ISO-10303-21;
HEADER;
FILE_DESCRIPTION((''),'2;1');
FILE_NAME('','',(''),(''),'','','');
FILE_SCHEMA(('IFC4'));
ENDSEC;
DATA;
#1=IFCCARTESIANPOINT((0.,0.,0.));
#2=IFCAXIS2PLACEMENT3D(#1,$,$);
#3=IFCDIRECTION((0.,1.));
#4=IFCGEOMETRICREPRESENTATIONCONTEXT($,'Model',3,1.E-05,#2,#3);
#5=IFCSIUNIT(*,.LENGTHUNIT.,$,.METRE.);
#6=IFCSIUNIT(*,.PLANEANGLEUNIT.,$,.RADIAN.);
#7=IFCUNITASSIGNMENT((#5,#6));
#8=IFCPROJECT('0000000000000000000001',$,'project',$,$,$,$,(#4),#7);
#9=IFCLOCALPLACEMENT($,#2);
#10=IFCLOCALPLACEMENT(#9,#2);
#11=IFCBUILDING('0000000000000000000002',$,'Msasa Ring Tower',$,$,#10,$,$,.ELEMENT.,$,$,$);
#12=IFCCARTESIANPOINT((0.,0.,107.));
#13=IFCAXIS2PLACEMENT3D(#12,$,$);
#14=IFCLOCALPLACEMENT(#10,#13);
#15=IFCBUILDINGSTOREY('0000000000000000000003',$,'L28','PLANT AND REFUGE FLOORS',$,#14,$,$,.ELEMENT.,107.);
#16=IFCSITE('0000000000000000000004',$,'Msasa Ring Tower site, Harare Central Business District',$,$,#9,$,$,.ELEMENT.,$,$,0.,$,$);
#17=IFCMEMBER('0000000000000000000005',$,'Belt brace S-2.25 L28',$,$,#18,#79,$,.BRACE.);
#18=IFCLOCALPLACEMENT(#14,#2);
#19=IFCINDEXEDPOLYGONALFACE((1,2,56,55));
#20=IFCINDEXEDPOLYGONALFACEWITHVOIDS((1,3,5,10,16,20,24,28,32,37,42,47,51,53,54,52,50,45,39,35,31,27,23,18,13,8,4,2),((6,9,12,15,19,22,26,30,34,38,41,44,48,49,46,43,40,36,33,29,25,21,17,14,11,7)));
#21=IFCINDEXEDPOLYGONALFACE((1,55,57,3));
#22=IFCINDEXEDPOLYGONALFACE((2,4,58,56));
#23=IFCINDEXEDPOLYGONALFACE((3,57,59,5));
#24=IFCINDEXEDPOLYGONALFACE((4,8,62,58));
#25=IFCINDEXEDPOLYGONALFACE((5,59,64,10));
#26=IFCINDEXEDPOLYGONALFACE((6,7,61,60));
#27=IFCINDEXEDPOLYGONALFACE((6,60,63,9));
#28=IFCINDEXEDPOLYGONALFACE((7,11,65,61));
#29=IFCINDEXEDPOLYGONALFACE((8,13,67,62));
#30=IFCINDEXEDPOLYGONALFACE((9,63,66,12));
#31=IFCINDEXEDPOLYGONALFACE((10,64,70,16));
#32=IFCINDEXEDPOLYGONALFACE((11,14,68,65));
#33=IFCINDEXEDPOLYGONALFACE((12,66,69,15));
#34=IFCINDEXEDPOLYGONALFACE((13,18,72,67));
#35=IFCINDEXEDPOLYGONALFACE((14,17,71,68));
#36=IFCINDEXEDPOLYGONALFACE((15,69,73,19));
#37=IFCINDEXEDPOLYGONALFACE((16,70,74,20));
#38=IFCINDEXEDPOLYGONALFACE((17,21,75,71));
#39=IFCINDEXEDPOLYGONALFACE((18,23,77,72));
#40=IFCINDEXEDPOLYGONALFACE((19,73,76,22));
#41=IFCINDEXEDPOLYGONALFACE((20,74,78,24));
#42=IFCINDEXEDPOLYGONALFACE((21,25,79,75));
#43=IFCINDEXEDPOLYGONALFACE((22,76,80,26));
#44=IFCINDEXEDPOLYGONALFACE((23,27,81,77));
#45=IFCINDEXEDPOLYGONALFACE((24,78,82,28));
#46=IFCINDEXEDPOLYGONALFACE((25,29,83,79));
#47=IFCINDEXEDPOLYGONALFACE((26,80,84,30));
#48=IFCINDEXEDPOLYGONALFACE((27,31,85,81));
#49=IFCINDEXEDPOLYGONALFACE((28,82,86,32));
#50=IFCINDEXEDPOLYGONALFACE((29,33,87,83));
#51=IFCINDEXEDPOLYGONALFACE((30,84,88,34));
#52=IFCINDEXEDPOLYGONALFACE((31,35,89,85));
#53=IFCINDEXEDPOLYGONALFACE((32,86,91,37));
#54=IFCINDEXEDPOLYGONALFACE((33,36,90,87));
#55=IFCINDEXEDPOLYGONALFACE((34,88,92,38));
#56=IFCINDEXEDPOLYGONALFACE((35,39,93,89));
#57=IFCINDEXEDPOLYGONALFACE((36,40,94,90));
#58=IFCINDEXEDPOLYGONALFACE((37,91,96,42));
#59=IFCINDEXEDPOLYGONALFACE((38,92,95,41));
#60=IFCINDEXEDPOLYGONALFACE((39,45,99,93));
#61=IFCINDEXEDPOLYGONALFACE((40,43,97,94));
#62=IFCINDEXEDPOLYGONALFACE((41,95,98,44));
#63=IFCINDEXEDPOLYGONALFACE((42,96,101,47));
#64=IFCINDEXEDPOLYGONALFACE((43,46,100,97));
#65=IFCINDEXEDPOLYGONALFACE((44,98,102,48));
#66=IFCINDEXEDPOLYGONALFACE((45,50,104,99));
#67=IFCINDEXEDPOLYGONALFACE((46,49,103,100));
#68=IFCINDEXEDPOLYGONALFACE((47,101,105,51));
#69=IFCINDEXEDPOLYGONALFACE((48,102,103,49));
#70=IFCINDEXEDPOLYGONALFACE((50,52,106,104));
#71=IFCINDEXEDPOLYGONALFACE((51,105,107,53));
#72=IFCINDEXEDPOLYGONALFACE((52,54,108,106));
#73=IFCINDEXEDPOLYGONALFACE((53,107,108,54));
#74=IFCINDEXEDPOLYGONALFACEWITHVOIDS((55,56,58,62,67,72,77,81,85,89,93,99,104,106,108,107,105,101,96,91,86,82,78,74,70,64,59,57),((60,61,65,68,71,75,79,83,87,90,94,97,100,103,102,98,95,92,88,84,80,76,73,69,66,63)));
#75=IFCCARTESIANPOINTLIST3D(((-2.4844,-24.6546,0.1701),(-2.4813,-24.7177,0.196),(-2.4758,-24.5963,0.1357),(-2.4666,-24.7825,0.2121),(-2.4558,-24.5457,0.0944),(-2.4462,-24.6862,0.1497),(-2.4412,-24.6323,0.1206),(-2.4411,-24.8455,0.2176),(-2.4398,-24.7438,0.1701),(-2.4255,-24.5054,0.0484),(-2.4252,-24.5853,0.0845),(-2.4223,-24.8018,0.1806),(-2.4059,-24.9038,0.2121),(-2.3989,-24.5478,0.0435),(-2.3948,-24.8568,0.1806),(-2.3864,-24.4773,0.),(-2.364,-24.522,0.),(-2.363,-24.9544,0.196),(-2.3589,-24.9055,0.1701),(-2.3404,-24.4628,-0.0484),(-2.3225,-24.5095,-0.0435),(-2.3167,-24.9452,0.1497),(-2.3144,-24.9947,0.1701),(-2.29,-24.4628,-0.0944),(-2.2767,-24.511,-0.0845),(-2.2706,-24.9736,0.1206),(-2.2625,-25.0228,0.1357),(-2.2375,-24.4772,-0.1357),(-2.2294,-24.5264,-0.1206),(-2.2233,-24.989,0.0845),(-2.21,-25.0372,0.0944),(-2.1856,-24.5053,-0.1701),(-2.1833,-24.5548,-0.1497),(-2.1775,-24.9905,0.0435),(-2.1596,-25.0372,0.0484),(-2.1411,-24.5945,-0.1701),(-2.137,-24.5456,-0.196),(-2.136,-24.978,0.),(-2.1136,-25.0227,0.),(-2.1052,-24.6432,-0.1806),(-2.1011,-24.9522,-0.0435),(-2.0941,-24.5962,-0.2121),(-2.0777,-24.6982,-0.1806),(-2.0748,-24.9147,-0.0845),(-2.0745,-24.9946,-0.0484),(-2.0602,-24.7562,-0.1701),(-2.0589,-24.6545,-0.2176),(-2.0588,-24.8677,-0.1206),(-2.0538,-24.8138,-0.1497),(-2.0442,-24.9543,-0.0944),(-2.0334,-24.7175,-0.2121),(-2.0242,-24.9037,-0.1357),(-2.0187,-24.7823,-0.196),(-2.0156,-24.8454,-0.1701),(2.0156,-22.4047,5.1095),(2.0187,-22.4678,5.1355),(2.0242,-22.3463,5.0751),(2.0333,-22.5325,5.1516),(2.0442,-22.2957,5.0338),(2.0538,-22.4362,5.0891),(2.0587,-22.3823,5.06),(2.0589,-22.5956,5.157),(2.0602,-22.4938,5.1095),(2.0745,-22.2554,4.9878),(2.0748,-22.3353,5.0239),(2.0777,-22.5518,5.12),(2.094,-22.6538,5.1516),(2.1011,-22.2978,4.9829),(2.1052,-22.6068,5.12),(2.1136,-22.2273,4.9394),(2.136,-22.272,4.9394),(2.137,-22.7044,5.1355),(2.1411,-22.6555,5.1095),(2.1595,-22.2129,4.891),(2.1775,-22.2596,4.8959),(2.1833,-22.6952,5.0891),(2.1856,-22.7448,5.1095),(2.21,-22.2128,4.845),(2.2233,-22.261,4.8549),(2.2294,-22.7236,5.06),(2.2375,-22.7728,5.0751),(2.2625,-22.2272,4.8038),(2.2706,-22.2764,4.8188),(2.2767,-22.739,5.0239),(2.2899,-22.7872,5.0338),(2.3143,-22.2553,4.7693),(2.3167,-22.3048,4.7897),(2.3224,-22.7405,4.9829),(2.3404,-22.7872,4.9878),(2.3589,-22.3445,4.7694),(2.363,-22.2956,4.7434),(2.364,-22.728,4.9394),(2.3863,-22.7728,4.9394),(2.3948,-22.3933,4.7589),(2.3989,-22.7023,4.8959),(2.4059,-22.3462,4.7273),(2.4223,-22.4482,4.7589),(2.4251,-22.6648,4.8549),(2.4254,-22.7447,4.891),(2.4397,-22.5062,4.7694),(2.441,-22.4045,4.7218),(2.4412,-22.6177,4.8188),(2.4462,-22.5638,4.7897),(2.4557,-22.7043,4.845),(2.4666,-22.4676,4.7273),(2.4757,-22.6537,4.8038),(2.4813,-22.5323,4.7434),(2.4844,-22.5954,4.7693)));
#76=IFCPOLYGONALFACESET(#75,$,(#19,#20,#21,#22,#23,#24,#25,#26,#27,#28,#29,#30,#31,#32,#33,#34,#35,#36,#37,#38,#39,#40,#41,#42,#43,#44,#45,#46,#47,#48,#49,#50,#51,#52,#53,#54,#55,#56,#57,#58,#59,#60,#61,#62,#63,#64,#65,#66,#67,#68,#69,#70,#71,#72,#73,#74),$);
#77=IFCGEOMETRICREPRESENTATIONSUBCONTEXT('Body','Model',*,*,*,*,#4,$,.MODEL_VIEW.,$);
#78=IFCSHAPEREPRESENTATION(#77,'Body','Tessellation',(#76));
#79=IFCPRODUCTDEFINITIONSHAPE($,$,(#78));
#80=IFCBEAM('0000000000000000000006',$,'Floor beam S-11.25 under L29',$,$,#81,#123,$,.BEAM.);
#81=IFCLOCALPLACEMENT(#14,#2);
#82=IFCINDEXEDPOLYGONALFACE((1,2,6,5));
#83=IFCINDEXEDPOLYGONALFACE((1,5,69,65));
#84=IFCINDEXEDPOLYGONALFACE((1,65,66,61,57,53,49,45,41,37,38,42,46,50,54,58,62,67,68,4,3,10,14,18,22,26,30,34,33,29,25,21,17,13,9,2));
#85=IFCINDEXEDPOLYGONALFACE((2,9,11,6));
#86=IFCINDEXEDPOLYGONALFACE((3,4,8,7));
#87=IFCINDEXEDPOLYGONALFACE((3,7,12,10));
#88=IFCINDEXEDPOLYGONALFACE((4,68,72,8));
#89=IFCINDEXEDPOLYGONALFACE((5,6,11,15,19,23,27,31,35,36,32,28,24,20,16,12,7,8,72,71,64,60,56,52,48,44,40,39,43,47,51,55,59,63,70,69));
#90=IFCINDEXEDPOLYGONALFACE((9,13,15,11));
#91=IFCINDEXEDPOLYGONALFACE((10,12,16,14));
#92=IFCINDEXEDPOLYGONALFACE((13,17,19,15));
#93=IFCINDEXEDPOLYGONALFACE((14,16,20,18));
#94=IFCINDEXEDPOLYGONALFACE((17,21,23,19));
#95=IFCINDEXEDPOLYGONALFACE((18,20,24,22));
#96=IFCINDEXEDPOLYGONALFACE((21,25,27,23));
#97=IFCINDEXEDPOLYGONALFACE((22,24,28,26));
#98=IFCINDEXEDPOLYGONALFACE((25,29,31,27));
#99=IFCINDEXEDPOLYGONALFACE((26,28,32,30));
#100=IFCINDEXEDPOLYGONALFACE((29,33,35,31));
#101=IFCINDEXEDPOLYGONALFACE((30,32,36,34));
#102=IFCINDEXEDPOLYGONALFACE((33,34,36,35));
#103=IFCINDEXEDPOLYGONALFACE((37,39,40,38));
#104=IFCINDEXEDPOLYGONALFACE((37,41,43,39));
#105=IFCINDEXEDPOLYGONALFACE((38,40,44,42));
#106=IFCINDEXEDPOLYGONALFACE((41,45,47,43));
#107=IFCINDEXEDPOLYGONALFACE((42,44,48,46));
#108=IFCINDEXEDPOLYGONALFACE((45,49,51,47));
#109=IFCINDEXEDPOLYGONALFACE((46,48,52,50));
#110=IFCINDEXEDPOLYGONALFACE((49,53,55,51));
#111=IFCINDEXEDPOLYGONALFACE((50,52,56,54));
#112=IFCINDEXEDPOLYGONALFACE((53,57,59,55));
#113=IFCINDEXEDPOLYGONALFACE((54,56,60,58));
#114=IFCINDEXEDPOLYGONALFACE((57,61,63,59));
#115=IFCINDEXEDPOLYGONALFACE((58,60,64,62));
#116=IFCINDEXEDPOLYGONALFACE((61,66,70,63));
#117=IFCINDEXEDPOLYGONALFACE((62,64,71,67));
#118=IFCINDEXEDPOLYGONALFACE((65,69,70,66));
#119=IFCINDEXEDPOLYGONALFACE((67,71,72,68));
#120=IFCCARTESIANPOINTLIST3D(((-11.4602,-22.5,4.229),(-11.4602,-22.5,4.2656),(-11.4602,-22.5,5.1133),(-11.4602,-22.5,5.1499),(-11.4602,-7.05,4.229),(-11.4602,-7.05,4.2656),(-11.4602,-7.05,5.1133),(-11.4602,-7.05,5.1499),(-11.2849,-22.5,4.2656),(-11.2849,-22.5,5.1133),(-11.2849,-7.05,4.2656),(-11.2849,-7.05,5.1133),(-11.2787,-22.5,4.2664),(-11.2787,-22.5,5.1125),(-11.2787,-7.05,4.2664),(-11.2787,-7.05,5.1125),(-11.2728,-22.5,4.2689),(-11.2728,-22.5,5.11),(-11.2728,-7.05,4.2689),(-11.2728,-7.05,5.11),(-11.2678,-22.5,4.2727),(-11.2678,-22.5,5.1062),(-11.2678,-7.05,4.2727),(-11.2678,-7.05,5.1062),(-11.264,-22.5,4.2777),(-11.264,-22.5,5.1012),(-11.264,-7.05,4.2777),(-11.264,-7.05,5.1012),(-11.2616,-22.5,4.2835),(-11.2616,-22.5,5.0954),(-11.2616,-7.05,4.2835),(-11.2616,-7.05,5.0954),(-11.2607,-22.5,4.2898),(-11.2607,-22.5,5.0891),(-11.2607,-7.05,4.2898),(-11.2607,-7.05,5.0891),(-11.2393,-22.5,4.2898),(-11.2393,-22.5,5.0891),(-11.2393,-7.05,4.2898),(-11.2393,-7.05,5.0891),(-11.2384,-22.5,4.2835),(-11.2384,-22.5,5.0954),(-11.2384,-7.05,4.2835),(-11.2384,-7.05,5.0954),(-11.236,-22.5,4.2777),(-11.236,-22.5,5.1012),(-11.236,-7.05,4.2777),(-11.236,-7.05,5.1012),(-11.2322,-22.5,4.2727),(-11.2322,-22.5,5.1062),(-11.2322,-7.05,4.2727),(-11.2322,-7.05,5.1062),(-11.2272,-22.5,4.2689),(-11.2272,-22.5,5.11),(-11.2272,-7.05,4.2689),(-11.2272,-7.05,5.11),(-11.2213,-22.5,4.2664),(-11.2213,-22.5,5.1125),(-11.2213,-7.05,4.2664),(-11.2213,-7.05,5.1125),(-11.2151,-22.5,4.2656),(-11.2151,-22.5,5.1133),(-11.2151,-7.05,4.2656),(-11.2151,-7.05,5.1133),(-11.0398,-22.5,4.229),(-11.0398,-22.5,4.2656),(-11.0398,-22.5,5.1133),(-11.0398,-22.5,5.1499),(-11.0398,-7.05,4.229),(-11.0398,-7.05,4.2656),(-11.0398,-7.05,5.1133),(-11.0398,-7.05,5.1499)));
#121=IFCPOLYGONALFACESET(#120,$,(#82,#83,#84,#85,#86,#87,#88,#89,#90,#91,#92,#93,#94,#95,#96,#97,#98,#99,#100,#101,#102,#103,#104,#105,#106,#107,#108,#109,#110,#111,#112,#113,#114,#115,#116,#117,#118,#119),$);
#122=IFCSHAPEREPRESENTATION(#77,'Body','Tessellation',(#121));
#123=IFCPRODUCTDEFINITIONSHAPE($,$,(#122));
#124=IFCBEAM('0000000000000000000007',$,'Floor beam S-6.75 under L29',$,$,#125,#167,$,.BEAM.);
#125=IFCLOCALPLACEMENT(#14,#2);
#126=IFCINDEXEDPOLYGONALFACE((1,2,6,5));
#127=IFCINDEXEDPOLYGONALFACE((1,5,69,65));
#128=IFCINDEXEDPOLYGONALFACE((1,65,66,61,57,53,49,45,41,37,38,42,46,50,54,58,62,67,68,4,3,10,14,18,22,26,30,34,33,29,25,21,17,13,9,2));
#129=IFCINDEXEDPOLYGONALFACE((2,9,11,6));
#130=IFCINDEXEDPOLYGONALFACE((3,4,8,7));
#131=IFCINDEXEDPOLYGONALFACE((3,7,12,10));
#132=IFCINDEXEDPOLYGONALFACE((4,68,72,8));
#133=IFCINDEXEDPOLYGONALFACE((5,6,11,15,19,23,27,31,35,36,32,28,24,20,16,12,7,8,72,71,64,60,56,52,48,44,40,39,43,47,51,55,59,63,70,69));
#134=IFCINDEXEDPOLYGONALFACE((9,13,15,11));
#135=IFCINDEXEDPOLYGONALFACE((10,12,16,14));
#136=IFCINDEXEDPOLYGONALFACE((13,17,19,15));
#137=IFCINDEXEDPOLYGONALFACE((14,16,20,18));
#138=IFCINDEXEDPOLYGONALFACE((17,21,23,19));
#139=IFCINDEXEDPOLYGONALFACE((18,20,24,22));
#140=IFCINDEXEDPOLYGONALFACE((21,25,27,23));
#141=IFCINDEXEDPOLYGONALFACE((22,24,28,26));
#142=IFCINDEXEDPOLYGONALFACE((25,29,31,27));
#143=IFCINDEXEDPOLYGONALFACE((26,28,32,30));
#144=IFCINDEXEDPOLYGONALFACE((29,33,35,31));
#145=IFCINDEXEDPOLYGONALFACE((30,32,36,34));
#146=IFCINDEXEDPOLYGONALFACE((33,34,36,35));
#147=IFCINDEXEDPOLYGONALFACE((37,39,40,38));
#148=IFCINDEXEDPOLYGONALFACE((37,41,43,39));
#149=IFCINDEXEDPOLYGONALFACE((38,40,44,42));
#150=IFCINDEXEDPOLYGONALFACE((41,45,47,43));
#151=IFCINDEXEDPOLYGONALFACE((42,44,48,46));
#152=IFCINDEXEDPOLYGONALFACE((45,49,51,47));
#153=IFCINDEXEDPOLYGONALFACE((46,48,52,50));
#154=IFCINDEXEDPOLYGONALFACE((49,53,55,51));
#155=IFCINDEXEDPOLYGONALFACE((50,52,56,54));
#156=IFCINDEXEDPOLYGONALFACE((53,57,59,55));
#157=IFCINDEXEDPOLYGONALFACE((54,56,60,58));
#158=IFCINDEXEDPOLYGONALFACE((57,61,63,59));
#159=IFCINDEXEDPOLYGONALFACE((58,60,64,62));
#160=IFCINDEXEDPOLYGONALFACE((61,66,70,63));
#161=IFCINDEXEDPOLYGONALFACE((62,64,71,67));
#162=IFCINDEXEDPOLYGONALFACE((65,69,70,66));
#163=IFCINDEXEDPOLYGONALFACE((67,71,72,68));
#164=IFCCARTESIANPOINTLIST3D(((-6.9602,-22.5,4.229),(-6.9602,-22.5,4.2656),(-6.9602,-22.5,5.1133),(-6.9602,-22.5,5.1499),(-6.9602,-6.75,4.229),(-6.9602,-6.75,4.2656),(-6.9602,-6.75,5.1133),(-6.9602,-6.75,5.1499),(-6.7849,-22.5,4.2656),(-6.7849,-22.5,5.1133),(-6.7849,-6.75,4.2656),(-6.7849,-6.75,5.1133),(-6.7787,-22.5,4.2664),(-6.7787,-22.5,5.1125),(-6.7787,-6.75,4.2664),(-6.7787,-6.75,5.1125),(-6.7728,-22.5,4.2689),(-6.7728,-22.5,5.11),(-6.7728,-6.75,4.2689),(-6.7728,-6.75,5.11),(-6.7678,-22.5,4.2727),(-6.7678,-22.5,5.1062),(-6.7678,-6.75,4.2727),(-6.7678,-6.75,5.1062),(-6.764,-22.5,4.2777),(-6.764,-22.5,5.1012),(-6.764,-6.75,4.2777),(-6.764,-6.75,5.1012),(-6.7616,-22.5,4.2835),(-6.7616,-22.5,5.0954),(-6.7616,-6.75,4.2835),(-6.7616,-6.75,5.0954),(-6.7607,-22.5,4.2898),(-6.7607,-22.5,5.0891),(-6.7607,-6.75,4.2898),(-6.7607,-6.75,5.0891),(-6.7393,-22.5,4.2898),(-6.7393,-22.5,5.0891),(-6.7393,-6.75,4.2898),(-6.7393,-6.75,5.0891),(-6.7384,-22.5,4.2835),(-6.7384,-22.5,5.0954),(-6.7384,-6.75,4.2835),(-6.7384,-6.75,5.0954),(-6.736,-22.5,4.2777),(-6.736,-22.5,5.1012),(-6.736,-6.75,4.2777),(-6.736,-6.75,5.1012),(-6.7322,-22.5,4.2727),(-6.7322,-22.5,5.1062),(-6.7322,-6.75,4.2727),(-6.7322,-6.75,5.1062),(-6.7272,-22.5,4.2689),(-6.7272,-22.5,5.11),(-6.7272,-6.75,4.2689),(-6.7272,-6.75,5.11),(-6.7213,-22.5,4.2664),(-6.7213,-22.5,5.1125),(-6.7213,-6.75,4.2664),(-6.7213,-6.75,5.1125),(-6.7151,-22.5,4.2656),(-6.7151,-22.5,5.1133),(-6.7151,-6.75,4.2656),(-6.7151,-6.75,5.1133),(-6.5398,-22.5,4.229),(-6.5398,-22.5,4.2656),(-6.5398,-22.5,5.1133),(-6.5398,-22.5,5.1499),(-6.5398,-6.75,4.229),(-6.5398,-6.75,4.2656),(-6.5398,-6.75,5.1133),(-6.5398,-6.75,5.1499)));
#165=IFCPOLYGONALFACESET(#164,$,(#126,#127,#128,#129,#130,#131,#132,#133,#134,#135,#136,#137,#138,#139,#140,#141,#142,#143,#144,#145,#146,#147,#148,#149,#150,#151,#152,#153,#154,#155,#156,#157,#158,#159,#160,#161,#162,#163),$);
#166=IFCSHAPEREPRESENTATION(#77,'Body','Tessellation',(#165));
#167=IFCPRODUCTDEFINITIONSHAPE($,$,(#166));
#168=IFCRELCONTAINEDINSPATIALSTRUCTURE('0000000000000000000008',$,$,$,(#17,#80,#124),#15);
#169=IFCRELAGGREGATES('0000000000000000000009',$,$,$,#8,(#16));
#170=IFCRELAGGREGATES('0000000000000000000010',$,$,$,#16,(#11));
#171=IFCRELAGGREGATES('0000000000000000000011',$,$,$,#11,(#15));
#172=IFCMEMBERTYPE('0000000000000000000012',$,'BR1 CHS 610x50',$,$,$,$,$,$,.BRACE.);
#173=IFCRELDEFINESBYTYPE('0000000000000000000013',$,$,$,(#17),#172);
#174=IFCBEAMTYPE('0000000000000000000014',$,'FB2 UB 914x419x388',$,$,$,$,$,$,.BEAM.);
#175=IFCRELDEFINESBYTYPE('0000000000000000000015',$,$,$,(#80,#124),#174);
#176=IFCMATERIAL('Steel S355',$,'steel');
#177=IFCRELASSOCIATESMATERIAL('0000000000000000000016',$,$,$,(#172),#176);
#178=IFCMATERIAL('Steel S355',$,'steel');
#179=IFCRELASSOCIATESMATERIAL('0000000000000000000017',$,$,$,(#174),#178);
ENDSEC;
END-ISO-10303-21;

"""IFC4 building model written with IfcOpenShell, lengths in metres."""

from ifc_helpers import new_model, si_unit, direction, frame, origin, origin_2d, place, context, subcontext, project, spatial, hollow_circle, i_section, extrude, material, material_profile, profile_set, type_object, element, save


model = new_model("IFC4")

# Units and contexts
model_context = context("Model", 3, precision=1e-05, world=origin(), true_north=direction((0.0, 1.0)))
body_context = subcontext(model_context, "Body", "Model", "MODEL_VIEW")
ifc_project = project(units=[si_unit("LENGTHUNIT", "METRE"), si_unit("PLANEANGLEUNIT", "RADIAN")], contexts=[model_context])

# Site, building, storey
site_placement = place(None, origin())
site = spatial("IfcSite", under=ifc_project, at=site_placement, Name="Msasa Ring Tower site, Harare Central Business District", CompositionType="ELEMENT", RefElevation=0.0)
building_placement = place(site_placement, origin())
building = spatial("IfcBuilding", under=site, at=building_placement, Name="Msasa Ring Tower", CompositionType="ELEMENT")
storey_placement = place(building_placement, frame((0.0, 0.0, 107.0)))
storey = spatial("IfcBuildingStorey", under=building, at=storey_placement, Name="L28", Description="PLANT AND REFUGE FLOORS", CompositionType="ELEMENT", Elevation=107.0)

# Member
ifc_material_1 = material(Name="Steel S355", Category="steel")
ifc_material_profile_1 = material_profile(ifc_material_1, hollow_circle(Radius=0.3049, WallThickness=0.05, at=origin_2d()), Name="CHS 610x50")
ifc_profile_set_1 = profile_set([ifc_material_profile_1], Name="Steel S355")
member_type = type_object("IfcMemberType", Name="BR1 CHS 610x50", PredefinedType="BRACE", material=ifc_profile_set_1)
for number, where, z_axis, x_axis, name in (
    (1, (-2.25, -24.75, 0.0), (0.638245, 0.319123, 0.700574), (-0.447214, 0.894427, 0.0), "Belt brace S-2.25 L28"),
):
    element("IfcMember", number, at=place(storey_placement, frame(where, z_axis=z_axis, x_axis=x_axis)), inside=storey, type_object=member_type, Name=name, PredefinedType="BRACE", context=body_context, shape_type="SweptSolid", body=[
        extrude(hollow_circle(Radius=0.3049, WallThickness=0.05, at=origin_2d()), origin(), (0.0, 0.0, 1.0), 7.0505),
    ])

# Beams
ifc_material_2 = material(Name="Steel S355", Category="steel")
ifc_material_profile_2 = material_profile(ifc_material_2, i_section(OverallWidth=0.4204, OverallDepth=0.9209, WebThickness=0.0215, FlangeThickness=0.0366, FilletRadius=0.0242, at=origin_2d()), Name="UB 914x419x388")
ifc_profile_set_2 = profile_set([ifc_material_profile_2], Name="Steel S355")
beam_type_1 = type_object("IfcBeamType", Name="FB2 UB 914x419x388", PredefinedType="BEAM", material=ifc_profile_set_2)
beam_placement = place(storey_placement, frame((-11.25, -22.5, 4.6895), z_axis=(0.0, 1.0, 0.0), x_axis=(-1.0, 0.0, 0.0)))
element("IfcBeam", 2, at=beam_placement, inside=storey, type_object=beam_type_1, Name="Floor beam S-11.25 under L29", PredefinedType="BEAM", context=body_context, shape_type="SweptSolid", body=[
    extrude(i_section(OverallWidth=0.4204, OverallDepth=0.9209, WebThickness=0.0215, FlangeThickness=0.0366, FilletRadius=0.0242, at=origin_2d()), origin(), (0.0, 0.0, 1.0), 15.45),
])
for number, where, z_axis, x_axis, name in (
    (3, (-6.75, -22.5, 4.6895), (0.0, 1.0, 0.0), (-1.0, 0.0, 0.0), "Floor beam S-6.75 under L29"),
):
    element("IfcBeam", number, at=place(storey_placement, frame(where, z_axis=z_axis, x_axis=x_axis)), inside=storey, type_object=beam_type_1, Name=name, PredefinedType="BEAM", context=body_context, shape_type="SweptSolid", body=[
        extrude(i_section(OverallWidth=0.4204, OverallDepth=0.9209, WebThickness=0.0215, FlangeThickness=0.0366, FilletRadius=0.0242, at=origin_2d()), origin(), (0.0, 0.0, 1.0), 15.75),
    ])

save(model, "model.ifc")
